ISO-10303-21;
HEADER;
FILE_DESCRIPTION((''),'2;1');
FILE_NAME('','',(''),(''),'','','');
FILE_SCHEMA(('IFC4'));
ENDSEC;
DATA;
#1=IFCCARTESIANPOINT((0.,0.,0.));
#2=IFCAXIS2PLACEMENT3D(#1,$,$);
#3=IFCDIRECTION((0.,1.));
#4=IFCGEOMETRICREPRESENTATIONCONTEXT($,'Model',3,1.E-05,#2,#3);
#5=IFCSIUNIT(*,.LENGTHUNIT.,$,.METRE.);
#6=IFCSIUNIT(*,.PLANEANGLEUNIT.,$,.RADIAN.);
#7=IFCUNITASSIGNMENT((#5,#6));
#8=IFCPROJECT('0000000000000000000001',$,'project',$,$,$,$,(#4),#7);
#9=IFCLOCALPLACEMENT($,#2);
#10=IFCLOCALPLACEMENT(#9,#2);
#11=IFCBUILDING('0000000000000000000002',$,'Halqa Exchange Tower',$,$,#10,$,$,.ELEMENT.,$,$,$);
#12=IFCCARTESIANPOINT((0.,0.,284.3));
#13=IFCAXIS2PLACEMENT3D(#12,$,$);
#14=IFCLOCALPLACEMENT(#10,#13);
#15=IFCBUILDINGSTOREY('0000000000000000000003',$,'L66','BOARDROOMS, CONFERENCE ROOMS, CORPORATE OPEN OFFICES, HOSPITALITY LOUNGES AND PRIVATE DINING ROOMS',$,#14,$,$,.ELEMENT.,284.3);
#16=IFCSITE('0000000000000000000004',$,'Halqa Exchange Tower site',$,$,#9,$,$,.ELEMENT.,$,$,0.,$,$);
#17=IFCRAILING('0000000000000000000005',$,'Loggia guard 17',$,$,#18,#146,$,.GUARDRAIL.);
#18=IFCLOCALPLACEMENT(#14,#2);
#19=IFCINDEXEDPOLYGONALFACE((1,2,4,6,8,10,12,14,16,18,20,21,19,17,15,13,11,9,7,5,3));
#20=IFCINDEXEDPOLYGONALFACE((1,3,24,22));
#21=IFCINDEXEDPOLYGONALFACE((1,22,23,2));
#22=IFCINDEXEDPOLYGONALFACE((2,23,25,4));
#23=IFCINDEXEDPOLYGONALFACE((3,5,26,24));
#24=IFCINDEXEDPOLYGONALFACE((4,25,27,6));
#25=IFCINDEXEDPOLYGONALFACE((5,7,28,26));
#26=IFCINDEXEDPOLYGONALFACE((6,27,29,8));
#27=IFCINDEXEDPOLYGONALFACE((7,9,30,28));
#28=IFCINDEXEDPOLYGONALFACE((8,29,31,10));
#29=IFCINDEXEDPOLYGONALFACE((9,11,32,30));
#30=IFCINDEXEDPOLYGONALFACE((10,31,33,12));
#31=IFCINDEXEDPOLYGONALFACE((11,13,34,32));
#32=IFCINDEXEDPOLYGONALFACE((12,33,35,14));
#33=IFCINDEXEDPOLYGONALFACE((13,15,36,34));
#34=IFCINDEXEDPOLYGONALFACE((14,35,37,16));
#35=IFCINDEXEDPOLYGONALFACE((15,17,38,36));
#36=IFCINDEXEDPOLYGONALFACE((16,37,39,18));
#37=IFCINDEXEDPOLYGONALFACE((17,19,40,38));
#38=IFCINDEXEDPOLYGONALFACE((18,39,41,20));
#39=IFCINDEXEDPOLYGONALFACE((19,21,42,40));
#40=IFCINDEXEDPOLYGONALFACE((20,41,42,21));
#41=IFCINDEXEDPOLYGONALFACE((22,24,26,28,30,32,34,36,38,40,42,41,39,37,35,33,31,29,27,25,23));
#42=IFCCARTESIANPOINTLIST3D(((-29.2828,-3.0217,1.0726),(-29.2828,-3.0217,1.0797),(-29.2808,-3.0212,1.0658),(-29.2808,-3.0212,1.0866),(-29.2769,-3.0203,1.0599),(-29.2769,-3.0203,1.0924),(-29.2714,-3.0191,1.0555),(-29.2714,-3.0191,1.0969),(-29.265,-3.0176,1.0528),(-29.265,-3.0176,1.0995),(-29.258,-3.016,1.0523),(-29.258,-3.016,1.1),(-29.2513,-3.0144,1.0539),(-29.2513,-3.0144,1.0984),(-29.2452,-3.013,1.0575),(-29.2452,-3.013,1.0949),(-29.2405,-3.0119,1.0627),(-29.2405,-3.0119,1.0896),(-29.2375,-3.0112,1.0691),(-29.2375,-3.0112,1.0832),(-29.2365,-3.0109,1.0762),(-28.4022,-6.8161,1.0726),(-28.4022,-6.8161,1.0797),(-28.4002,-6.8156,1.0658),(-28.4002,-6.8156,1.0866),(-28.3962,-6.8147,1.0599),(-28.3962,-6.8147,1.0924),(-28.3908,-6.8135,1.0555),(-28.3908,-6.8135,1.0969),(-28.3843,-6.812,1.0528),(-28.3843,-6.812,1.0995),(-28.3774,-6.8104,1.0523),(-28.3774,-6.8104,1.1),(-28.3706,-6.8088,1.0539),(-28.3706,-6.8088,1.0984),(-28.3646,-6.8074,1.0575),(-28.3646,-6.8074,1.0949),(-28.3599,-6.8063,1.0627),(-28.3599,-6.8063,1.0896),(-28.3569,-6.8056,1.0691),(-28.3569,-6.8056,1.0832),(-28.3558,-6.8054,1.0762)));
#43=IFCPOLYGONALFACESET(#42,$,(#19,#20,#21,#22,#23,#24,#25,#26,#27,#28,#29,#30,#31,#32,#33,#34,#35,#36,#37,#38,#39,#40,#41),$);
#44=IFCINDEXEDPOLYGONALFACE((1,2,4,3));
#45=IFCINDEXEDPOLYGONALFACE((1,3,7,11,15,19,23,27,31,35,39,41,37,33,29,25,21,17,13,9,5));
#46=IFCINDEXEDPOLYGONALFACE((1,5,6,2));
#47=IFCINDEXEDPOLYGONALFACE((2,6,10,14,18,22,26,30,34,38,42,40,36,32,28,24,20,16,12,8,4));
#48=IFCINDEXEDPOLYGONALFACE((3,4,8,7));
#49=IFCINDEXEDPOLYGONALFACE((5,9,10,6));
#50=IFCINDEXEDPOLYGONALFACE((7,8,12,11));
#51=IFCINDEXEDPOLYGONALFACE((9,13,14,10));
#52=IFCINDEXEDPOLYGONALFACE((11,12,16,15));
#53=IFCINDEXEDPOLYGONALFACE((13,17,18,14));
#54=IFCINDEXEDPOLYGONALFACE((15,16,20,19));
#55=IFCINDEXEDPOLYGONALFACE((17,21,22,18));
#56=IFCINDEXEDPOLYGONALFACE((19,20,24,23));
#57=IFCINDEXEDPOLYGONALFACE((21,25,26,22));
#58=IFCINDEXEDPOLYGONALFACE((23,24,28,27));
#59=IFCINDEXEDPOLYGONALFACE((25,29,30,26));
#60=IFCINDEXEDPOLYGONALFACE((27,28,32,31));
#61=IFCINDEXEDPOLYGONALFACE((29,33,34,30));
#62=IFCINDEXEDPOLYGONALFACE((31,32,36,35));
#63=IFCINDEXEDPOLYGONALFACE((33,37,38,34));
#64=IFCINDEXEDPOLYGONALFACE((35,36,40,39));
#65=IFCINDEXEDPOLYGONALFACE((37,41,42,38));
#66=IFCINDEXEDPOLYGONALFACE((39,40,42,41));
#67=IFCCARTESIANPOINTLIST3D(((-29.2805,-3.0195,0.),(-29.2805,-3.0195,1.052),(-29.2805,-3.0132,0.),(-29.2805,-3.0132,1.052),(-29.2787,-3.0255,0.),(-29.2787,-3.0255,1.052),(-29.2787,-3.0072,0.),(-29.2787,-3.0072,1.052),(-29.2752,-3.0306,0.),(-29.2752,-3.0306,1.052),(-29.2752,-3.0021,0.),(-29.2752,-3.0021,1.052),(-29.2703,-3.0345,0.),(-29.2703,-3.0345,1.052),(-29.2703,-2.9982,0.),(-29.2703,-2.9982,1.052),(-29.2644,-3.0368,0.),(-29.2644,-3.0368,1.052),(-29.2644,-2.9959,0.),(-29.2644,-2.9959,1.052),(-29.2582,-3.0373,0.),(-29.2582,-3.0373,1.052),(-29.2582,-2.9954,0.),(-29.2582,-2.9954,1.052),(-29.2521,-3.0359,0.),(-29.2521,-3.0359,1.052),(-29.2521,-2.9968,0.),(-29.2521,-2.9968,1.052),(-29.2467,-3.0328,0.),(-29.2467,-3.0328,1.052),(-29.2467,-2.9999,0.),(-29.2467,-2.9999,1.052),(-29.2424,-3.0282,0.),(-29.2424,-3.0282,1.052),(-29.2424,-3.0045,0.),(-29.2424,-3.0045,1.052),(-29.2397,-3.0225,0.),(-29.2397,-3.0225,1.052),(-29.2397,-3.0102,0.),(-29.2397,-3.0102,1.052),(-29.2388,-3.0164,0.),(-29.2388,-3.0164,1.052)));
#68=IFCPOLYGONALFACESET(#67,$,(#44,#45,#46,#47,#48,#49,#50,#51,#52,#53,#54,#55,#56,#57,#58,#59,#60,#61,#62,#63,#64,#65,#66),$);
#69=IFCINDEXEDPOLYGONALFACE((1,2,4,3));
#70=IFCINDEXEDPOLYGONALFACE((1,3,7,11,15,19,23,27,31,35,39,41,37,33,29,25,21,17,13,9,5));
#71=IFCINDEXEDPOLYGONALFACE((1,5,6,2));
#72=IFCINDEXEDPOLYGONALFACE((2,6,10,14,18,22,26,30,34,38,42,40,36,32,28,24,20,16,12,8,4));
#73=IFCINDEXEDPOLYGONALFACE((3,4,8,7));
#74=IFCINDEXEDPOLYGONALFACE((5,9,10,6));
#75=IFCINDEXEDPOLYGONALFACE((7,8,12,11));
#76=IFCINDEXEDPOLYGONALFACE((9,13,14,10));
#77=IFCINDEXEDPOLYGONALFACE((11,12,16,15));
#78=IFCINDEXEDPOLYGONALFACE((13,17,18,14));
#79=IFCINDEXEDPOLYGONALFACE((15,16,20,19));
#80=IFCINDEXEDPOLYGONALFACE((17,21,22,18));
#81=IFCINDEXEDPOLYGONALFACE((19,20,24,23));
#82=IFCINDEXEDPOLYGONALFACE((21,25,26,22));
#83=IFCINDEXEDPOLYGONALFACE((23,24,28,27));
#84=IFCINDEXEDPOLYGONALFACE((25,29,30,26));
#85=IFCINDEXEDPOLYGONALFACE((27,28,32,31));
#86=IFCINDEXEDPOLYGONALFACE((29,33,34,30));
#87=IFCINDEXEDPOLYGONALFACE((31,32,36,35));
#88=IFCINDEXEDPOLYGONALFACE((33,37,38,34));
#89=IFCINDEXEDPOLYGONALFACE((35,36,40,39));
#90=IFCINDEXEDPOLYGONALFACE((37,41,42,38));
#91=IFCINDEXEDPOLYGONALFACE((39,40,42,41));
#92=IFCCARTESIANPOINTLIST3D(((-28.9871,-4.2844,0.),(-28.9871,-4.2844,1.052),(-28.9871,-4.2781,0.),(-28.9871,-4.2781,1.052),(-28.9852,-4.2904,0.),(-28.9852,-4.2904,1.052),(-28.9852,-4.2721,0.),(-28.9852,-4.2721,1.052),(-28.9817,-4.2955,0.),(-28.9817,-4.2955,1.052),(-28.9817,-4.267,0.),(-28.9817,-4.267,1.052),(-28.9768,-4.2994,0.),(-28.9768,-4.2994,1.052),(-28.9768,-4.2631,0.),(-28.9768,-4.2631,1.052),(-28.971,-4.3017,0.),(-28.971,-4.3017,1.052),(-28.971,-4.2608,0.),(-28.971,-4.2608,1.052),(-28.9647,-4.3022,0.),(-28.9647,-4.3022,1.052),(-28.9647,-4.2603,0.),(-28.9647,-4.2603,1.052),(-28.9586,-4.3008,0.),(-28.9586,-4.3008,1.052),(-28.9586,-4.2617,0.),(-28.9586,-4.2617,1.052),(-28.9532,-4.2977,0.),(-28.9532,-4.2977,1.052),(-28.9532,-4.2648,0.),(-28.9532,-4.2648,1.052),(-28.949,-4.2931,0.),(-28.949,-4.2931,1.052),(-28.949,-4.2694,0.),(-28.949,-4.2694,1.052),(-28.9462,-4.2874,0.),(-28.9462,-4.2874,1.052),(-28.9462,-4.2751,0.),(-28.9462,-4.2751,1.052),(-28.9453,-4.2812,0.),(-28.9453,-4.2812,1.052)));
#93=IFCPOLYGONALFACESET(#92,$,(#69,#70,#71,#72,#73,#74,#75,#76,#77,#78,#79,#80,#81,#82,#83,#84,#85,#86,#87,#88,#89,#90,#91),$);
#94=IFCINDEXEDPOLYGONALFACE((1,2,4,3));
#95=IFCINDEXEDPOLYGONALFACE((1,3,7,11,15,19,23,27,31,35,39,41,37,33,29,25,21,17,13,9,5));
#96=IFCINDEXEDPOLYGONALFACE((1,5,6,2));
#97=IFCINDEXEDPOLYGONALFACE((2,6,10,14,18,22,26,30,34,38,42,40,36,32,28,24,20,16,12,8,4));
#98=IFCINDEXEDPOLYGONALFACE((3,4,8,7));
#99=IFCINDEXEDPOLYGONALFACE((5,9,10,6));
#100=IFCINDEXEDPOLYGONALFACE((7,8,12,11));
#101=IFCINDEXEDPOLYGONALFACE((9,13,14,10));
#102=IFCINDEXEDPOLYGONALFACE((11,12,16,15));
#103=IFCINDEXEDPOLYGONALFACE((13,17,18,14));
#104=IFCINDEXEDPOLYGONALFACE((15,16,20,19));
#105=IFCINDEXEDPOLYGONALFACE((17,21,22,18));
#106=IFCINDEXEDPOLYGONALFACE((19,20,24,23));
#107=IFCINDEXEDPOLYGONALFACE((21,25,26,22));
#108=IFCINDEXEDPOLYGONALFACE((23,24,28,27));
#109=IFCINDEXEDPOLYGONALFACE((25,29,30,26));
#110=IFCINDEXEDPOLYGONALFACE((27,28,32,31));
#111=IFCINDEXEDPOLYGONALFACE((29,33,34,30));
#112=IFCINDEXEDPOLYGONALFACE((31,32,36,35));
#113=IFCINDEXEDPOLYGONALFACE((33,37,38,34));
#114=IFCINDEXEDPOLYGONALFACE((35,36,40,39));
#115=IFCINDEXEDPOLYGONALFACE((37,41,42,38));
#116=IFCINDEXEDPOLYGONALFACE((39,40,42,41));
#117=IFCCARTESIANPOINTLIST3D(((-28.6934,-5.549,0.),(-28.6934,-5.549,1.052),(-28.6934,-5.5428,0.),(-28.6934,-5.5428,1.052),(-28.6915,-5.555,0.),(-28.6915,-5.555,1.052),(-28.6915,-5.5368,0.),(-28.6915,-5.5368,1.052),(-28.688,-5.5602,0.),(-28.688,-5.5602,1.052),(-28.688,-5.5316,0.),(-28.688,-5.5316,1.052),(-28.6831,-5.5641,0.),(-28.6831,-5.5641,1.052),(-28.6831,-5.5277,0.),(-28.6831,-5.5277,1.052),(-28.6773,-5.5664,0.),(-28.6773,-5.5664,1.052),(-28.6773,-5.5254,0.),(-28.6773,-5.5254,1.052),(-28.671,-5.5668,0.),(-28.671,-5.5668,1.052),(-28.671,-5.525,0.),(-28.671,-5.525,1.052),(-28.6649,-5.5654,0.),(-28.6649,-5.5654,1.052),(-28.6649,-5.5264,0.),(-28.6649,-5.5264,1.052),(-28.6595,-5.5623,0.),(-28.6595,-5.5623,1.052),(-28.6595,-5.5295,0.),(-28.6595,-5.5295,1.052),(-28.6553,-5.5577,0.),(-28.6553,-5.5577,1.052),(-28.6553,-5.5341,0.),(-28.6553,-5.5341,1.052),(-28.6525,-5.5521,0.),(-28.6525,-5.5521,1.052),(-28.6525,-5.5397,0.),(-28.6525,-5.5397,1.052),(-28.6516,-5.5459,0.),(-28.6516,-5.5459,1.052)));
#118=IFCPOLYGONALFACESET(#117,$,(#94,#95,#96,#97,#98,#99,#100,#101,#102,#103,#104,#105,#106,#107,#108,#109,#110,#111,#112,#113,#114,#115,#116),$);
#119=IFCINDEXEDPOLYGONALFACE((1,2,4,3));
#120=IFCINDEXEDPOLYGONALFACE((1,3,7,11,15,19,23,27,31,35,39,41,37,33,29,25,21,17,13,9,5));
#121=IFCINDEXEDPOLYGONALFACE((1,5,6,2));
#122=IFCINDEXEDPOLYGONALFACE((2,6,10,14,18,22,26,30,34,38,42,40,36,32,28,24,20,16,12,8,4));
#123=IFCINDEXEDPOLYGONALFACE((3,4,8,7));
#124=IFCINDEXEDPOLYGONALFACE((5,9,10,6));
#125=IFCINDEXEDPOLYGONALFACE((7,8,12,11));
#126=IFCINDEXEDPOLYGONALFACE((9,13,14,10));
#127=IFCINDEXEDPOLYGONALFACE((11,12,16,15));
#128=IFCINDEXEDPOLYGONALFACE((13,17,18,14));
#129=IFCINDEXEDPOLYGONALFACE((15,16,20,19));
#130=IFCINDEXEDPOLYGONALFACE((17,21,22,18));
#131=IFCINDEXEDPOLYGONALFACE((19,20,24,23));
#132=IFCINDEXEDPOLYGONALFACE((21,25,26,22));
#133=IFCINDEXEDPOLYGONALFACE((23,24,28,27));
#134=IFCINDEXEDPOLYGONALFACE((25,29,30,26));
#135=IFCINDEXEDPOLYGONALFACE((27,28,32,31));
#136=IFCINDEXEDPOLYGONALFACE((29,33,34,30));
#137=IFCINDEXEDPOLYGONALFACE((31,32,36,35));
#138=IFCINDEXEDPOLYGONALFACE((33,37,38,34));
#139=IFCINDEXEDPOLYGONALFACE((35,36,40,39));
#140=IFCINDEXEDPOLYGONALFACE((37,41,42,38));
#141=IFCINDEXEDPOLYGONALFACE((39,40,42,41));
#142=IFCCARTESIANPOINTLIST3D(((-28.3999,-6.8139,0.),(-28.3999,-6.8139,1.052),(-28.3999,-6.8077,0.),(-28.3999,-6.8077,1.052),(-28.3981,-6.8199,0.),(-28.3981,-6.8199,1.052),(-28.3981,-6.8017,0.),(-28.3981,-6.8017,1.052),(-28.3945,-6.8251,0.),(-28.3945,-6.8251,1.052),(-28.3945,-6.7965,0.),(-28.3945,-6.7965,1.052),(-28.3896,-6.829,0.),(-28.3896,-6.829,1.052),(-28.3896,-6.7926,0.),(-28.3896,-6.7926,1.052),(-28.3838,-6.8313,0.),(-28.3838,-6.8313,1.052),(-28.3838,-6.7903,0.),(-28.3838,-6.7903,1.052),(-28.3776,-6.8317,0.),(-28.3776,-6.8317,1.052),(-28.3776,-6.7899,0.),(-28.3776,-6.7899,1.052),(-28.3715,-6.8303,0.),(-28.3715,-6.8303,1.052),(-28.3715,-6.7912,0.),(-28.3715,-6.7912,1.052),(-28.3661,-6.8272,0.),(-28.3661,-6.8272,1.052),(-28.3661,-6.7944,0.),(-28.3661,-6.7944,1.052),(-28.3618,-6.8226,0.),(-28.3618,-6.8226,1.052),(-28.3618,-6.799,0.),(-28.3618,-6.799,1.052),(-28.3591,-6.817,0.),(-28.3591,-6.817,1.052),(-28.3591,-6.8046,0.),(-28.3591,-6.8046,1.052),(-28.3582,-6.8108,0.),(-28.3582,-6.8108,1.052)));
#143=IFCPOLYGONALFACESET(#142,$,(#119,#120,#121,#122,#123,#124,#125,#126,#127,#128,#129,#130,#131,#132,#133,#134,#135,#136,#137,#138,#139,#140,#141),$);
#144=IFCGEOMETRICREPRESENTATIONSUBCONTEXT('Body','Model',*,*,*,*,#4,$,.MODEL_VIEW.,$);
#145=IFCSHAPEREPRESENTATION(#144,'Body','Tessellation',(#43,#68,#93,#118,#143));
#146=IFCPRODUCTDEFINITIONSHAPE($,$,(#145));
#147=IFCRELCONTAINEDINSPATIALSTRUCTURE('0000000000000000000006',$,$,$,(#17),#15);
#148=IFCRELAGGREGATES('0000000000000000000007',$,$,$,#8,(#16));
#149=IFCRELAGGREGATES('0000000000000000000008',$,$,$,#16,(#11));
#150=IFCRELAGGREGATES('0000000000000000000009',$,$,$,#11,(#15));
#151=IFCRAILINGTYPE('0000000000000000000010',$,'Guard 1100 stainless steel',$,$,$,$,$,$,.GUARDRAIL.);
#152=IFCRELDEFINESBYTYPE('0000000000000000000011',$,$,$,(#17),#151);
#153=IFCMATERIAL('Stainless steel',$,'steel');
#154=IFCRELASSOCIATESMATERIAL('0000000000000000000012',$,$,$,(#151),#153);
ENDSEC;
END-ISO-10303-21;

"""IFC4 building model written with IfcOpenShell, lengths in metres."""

from ifc_helpers import new_model, si_unit, direction, frame, origin, origin_2d, place, context, subcontext, project, spatial, circle, extrude, material, type_object, element, save


model = new_model("IFC4")

# Units and contexts
model_context = context("Model", 3, precision=1e-05, world=origin(), true_north=direction((0.0, 1.0)))
body_context = subcontext(model_context, "Body", "Model", "MODEL_VIEW")
ifc_project = project(units=[si_unit("LENGTHUNIT", "METRE"), si_unit("PLANEANGLEUNIT", "RADIAN")], contexts=[model_context])

# Site, building, storey
site_placement = place(None, origin())
site = spatial("IfcSite", under=ifc_project, at=site_placement, Name="Halqa Exchange Tower site", CompositionType="ELEMENT", RefElevation=0.0)
building_placement = place(site_placement, origin())
building = spatial("IfcBuilding", under=site, at=building_placement, Name="Halqa Exchange Tower", CompositionType="ELEMENT")
storey_placement = place(building_placement, frame((0.0, 0.0, 284.3)))
storey = spatial("IfcBuildingStorey", under=building, at=storey_placement, Name="L66", Description="BOARDROOMS, CONFERENCE ROOMS, CORPORATE OPEN OFFICES, HOSPITALITY LOUNGES AND PRIVATE DINING ROOMS", CompositionType="ELEMENT", Elevation=284.3)

# Railing
ifc_material_1 = material(Name="Stainless steel", Category="steel")
railing_type = type_object("IfcRailingType", Name="Guard 1100 stainless steel", PredefinedType="GUARDRAIL", material=ifc_material_1)
railing_1_placement = place(storey_placement, frame((-29.2598, -3.0164, 0.0)))
element("IfcRailing", 1, at=railing_1_placement, inside=storey, type_object=railing_type, Name="Loggia guard 17", PredefinedType="GUARDRAIL", context=body_context, shape_type="SweptSolid", body=[
    extrude(circle(Radius=0.0239, at=origin_2d()), frame((0.0, 0.0, 1.0762), z_axis=(0.226072, -0.974111, 0.0), x_axis=(0.974111, 0.226072, 0.0)), (0.0, 0.0, 1.0), 3.8953),
    extrude(circle(Radius=0.021, at=origin_2d()), origin(), (0.0, 0.0, 1.0), 1.052),
    extrude(circle(Radius=0.021, at=origin_2d()), frame((0.2935, -1.2649, 0.0)), (0.0, 0.0, 1.0), 1.052),
    extrude(circle(Radius=0.021, at=origin_2d()), frame((0.5872, -2.5295, 0.0)), (0.0, 0.0, 1.0), 1.052),
    extrude(circle(Radius=0.021, at=origin_2d()), frame((0.8806, -3.7944, 0.0)), (0.0, 0.0, 1.0), 1.052),
])

save(model, "model.ifc")
